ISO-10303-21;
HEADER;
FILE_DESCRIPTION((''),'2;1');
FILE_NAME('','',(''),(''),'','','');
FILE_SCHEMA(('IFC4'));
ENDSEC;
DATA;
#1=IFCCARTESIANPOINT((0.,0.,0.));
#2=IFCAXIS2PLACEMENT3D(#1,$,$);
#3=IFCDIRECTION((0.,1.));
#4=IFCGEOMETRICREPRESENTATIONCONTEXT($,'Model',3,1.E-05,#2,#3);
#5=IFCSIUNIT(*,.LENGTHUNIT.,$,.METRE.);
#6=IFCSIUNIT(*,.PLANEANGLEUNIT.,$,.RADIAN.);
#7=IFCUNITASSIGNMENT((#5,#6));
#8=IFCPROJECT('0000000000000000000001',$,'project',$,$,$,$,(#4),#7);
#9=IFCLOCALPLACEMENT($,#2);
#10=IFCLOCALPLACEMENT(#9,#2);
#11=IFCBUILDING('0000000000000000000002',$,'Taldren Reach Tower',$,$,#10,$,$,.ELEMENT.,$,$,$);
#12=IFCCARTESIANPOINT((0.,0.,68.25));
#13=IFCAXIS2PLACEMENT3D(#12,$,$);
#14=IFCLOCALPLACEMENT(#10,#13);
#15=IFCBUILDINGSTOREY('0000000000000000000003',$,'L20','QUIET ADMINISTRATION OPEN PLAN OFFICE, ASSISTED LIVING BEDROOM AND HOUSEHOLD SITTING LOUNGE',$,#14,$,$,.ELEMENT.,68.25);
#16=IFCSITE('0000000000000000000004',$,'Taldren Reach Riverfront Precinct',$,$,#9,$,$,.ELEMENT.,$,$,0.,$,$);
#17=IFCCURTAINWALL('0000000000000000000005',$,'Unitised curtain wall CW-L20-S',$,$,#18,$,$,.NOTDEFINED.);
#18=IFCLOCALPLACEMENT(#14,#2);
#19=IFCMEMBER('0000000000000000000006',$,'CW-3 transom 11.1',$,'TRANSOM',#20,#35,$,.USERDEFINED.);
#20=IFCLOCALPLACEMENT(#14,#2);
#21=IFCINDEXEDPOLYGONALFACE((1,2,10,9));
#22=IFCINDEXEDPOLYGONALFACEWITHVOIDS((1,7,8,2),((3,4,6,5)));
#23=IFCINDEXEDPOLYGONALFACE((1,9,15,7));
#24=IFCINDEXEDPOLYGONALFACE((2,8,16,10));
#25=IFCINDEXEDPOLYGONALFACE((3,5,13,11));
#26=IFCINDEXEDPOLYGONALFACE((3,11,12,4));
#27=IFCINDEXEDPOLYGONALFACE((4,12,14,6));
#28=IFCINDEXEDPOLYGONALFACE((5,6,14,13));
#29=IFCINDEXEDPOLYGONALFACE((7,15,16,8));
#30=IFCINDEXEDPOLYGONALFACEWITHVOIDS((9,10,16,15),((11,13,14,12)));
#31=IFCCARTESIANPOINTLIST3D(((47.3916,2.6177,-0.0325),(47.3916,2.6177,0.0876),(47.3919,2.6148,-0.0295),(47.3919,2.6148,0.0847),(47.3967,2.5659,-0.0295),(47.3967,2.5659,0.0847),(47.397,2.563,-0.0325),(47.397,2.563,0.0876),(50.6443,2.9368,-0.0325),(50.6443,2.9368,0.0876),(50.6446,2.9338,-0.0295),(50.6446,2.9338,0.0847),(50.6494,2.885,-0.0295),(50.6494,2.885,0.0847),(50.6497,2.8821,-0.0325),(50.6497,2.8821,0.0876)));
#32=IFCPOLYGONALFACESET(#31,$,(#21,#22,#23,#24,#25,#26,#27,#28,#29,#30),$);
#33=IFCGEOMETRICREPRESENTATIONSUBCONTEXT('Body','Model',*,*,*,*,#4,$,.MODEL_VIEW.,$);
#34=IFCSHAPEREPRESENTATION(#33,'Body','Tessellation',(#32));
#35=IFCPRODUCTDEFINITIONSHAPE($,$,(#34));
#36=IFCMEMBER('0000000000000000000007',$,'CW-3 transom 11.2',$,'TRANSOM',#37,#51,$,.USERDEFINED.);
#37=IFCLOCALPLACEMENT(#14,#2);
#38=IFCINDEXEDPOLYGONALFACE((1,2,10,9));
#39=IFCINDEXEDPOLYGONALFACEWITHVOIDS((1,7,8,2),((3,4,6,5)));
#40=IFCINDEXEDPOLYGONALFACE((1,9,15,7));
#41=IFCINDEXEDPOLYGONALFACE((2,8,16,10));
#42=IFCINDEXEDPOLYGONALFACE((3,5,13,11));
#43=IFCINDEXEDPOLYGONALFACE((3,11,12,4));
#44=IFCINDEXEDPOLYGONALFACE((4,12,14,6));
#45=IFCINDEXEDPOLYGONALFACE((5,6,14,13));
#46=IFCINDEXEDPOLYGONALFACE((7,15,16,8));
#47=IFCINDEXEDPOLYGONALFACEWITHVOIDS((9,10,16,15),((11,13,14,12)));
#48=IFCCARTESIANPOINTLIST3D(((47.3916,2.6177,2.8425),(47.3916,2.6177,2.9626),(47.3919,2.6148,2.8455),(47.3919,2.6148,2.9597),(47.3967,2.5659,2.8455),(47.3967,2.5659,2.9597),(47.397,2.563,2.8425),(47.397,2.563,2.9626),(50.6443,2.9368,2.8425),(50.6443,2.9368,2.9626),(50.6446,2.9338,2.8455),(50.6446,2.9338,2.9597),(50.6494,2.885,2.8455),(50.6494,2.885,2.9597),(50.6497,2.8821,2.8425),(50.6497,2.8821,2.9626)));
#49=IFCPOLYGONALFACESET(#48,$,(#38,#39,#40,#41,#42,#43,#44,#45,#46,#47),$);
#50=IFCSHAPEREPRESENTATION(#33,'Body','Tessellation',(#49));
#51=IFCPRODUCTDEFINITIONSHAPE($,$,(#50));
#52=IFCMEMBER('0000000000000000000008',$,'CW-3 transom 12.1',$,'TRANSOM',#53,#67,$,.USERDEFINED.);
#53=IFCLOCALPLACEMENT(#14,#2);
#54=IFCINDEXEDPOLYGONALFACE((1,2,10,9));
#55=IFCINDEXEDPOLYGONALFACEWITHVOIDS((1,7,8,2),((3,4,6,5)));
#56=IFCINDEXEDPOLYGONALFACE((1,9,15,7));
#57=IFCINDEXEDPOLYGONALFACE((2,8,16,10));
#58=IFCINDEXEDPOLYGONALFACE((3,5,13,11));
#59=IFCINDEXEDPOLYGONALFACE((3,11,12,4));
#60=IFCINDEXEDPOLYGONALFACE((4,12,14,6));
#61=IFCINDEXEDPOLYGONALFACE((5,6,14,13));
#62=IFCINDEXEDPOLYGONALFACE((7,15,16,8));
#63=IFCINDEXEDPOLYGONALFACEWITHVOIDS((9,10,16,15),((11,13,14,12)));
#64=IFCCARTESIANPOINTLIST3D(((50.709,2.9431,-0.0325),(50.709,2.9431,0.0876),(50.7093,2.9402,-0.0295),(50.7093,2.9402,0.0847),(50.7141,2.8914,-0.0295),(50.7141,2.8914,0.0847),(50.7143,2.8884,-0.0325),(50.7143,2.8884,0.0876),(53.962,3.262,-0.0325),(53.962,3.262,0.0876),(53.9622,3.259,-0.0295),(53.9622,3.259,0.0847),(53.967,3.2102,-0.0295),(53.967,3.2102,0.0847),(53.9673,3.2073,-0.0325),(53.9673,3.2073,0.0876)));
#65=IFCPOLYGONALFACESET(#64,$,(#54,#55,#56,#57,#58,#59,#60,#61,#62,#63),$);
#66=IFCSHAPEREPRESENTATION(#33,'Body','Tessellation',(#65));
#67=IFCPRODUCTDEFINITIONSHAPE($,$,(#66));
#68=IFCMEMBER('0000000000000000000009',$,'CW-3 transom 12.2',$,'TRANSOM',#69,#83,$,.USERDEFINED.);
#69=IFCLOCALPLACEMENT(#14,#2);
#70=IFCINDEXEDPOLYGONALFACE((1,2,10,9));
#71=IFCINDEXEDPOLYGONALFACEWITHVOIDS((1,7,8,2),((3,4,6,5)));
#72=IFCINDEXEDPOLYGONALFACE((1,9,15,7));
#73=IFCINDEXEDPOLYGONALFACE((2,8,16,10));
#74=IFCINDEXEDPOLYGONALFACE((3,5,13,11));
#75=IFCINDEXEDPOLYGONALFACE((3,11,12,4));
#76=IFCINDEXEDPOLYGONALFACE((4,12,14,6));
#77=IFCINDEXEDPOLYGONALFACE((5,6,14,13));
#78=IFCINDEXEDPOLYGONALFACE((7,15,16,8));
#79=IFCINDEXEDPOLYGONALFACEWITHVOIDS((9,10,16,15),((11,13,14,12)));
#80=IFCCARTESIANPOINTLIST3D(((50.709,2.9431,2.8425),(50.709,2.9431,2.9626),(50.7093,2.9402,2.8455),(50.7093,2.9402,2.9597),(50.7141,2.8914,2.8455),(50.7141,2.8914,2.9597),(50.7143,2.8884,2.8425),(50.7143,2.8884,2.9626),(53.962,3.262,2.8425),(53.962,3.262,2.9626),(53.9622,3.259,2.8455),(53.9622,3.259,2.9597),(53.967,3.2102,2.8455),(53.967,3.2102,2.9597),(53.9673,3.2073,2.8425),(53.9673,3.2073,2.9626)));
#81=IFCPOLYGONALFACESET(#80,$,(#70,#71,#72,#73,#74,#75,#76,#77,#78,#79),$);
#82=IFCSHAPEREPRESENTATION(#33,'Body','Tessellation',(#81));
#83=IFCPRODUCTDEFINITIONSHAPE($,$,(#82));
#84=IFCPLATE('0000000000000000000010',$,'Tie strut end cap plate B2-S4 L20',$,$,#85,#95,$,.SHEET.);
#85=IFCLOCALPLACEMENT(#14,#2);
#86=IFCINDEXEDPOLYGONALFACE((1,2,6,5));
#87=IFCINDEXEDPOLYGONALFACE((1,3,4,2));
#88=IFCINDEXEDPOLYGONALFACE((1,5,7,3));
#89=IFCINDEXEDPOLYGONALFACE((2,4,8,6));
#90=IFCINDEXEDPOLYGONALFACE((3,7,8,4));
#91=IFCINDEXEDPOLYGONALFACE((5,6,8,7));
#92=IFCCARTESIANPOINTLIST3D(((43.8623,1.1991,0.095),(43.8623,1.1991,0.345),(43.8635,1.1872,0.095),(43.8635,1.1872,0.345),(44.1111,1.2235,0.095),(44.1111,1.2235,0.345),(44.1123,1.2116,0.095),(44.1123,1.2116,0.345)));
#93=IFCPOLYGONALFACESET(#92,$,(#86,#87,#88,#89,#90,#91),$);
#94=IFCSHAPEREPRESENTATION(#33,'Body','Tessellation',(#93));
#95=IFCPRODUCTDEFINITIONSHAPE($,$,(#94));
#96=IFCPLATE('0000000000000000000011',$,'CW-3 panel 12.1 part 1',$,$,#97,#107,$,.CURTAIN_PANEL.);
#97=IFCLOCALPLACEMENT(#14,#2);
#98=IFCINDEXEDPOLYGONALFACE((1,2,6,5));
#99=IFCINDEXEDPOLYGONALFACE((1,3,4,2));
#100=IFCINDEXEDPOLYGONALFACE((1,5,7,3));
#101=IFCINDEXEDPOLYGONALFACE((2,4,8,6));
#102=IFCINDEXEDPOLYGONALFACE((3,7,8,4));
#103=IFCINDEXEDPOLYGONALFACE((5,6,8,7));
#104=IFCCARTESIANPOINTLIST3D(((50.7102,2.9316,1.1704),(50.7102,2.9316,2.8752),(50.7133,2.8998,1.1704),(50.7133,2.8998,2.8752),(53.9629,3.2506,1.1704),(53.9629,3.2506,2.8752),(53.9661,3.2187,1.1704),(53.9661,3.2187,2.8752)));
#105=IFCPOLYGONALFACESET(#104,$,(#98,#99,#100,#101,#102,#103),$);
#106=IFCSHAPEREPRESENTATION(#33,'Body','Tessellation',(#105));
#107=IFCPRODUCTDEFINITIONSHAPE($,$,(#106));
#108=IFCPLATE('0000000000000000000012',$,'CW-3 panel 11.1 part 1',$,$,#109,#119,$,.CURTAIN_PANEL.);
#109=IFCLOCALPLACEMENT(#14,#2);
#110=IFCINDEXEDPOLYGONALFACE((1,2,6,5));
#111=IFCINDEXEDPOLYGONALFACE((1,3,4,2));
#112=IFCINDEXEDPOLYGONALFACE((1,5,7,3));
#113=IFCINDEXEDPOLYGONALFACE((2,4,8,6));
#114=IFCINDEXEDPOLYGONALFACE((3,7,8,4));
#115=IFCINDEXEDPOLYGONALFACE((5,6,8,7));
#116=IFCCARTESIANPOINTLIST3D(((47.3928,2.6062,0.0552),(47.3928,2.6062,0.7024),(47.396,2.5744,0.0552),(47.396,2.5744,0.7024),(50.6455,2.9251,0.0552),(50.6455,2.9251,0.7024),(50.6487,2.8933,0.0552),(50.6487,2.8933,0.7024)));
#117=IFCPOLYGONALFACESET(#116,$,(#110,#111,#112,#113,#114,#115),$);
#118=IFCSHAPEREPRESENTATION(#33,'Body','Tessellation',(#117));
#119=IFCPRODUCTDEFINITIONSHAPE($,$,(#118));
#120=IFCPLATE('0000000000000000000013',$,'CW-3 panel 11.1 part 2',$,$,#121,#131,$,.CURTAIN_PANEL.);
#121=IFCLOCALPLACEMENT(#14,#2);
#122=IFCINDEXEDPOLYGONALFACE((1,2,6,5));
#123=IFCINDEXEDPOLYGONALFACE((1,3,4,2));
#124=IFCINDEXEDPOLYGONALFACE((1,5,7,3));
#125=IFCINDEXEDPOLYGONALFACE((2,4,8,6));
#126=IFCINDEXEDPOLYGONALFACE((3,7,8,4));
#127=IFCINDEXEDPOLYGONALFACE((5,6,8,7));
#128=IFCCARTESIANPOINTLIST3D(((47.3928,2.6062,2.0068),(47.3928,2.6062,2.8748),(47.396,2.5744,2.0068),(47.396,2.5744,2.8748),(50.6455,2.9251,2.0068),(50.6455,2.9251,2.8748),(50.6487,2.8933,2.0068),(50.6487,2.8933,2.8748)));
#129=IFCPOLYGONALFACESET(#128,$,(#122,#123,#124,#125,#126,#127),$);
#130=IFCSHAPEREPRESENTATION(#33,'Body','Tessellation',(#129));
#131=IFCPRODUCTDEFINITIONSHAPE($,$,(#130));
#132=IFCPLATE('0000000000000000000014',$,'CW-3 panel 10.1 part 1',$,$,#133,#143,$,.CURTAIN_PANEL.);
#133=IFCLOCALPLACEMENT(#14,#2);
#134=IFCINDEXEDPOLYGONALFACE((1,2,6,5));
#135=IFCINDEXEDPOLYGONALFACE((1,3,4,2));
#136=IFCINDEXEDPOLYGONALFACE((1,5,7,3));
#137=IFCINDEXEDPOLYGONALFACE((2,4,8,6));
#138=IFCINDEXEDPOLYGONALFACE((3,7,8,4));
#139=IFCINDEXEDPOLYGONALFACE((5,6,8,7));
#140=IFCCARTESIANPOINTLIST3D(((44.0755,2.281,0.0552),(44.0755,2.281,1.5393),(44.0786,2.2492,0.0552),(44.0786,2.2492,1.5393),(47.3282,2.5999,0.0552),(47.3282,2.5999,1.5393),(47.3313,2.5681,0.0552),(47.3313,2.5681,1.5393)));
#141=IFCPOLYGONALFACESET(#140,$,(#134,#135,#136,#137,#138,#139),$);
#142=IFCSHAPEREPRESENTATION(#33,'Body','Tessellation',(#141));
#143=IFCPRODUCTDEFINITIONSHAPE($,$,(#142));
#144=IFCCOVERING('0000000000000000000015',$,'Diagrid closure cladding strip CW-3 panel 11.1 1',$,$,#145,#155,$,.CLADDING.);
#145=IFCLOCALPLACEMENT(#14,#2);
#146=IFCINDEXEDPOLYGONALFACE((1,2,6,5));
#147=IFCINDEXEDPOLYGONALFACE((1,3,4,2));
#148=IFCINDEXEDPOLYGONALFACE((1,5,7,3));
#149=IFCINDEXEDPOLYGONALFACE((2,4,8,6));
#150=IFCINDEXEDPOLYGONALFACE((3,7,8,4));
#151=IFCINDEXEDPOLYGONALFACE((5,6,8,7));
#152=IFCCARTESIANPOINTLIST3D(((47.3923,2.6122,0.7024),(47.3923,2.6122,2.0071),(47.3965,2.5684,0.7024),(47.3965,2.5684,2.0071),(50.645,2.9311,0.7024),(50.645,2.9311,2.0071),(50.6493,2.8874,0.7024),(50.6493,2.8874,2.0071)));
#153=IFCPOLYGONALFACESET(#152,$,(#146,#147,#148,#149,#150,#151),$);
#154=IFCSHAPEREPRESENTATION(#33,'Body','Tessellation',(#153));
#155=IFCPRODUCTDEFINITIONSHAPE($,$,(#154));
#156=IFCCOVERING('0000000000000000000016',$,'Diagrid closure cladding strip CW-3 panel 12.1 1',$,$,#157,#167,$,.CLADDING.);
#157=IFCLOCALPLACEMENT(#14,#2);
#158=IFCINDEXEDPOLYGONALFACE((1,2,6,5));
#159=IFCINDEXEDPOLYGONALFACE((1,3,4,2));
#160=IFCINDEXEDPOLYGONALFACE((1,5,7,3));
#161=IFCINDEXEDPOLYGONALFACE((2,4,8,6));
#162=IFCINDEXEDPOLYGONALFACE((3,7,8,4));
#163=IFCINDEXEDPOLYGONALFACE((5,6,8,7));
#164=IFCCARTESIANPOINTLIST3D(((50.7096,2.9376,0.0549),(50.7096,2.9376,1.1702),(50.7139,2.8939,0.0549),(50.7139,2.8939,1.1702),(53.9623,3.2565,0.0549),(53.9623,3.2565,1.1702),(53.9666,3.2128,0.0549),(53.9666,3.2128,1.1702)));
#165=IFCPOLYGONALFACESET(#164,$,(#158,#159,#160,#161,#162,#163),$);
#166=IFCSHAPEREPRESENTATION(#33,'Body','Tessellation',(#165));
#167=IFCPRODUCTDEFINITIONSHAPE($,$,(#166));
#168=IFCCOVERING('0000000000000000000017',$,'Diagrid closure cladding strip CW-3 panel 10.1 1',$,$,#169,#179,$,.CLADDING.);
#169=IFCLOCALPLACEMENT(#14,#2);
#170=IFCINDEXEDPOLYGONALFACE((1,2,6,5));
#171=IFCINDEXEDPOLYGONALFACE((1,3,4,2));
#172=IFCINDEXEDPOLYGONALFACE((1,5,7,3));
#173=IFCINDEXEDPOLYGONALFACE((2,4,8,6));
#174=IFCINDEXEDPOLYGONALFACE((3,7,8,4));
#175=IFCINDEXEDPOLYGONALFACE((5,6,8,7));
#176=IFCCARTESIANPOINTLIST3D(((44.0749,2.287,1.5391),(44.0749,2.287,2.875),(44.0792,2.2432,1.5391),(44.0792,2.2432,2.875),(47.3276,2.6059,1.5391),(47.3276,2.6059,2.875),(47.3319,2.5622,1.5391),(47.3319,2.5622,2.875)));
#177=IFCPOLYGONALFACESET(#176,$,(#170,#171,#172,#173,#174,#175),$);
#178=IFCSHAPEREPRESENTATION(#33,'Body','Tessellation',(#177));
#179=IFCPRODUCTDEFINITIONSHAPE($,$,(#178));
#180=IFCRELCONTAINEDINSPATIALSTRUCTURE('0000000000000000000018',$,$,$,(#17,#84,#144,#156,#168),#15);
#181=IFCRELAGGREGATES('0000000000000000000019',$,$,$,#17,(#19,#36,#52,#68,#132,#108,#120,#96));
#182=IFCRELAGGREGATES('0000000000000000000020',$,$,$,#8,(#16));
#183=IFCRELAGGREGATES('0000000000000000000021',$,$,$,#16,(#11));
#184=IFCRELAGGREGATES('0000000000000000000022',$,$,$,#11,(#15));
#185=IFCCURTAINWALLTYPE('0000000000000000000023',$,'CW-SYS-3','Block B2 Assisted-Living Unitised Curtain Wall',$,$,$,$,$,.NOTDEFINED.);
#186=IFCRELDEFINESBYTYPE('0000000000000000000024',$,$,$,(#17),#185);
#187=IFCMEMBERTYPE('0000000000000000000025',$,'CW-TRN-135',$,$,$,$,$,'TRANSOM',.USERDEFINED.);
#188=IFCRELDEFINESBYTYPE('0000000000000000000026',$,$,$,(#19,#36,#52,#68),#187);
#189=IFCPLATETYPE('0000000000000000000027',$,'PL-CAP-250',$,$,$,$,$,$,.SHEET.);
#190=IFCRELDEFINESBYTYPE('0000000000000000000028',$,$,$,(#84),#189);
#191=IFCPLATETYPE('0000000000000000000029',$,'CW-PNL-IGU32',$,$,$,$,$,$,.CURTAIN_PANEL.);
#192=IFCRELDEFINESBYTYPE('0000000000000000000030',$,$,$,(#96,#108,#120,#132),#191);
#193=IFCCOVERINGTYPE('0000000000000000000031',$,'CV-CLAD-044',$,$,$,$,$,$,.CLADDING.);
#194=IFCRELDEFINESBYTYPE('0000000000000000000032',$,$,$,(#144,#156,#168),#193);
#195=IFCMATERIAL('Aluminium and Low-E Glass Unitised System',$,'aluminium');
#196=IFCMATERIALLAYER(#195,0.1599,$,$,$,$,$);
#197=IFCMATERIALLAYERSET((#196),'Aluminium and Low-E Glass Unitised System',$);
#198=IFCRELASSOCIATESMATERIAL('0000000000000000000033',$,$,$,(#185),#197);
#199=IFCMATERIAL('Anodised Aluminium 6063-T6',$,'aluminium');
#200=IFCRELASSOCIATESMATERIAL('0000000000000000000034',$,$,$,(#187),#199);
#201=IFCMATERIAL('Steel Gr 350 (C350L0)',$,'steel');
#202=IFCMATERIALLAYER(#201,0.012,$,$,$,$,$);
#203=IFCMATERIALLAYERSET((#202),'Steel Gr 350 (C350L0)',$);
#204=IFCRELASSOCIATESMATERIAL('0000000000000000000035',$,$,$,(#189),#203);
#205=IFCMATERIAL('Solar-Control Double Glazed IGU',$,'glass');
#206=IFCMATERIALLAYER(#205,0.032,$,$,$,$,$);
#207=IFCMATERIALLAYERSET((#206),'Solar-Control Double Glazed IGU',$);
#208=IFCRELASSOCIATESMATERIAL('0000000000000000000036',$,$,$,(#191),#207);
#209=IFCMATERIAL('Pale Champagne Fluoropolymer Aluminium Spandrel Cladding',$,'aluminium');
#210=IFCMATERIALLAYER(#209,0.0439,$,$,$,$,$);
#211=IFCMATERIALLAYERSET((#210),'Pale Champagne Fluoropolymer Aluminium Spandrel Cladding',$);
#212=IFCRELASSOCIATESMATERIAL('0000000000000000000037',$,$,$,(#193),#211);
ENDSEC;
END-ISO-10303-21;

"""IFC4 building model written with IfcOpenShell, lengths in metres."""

from ifc_helpers import new_model, si_unit, direction, frame, origin, origin_2d, place, context, subcontext, project, spatial, rectangle, hollow_rectangle, extrude, source, transform, mapped, material, layer, layer_set, material_profile, profile_set, type_object, element, aggregate, save


model = new_model("IFC4")

# Units and contexts
model_context = context("Model", 3, precision=1e-05, world=origin(), true_north=direction((0.0, 1.0)))
body_context = subcontext(model_context, "Body", "Model", "MODEL_VIEW")
ifc_project = project(units=[si_unit("LENGTHUNIT", "METRE"), si_unit("PLANEANGLEUNIT", "RADIAN")], contexts=[model_context])

# Site, building, storey
site_placement = place(None, origin())
site = spatial("IfcSite", under=ifc_project, at=site_placement, Name="Taldren Reach Riverfront Precinct", CompositionType="ELEMENT", RefElevation=0.0)
building_placement = place(site_placement, origin())
building = spatial("IfcBuilding", under=site, at=building_placement, Name="Taldren Reach Tower", CompositionType="ELEMENT")
storey_placement = place(building_placement, frame((0.0, 0.0, 68.25)))
storey = spatial("IfcBuildingStorey", under=building, at=storey_placement, Name="L20", Description="QUIET ADMINISTRATION OPEN PLAN OFFICE, ASSISTED LIVING BEDROOM AND HOUSEHOLD SITTING LOUNGE", CompositionType="ELEMENT", Elevation=68.25)

# Curtain wall, members
ifc_material_1 = material(Name="Aluminium and Low-E Glass Unitised System", Category="aluminium")
ifc_layer_1 = layer(ifc_material_1, 0.1599)
ifc_layer_set_1 = layer_set([ifc_layer_1], Name="Aluminium and Low-E Glass Unitised System")
curtain_wall_type = type_object("IfcCurtainWallType", Name="CW-SYS-3", Description="Block B2 Assisted-Living Unitised Curtain Wall", PredefinedType="NOTDEFINED", material=ifc_layer_set_1)
curtain_wall_placement = place(storey_placement, origin())
curtain_wall = element("IfcCurtainWall", 1, at=curtain_wall_placement, inside=storey, type_object=curtain_wall_type, Name="Unitised curtain wall CW-L20-S", PredefinedType="NOTDEFINED")
ifc_material_2 = material(Name="Anodised Aluminium 6063-T6", Category="aluminium")
ifc_material_profile_1 = material_profile(ifc_material_2, hollow_rectangle(XDim=0.0549, YDim=0.1201, WallThickness=0.0029, at=origin_2d()), Name="ALU-120x55x3RHS")
ifc_profile_set_1 = profile_set([ifc_material_profile_1], Name="Anodised Aluminium 6063-T6")
member_type_1 = type_object("IfcMemberType", Name="CW-TRN-135", ElementType="TRANSOM", PredefinedType="USERDEFINED", material=ifc_profile_set_1)
shared_shape_1 = source(origin(), body_context, "Body", "SweptSolid", [
    extrude(hollow_rectangle(XDim=0.0549, YDim=0.1201, WallThickness=0.0029, at=origin_2d()), origin(), (0.0, 0.0, 1.0), 3.2683),
])
member_1_placement = place(storey_placement, frame((47.3943, 2.5903, 0.0276), z_axis=(0.995223, 0.097632, 0.0), x_axis=(-0.097632, 0.995223, 0.0)))
member_1 = element("IfcMember", 2, at=member_1_placement, type_object=member_type_1, Name="CW-3 transom 11.1", ObjectType="TRANSOM", PredefinedType="USERDEFINED", context=body_context, shape_type="MappedRepresentation", body=[
    mapped(shared_shape_1, transform((0.0, 0.0, 0.0), scale=1.0)),
])
member_2_placement = place(storey_placement, frame((47.3943, 2.5903, 2.9026), z_axis=(0.995223, 0.097632, 0.0), x_axis=(-0.097632, 0.995223, 0.0)))
member_2 = element("IfcMember", 3, at=member_2_placement, type_object=member_type_1, Name="CW-3 transom 11.2", ObjectType="TRANSOM", PredefinedType="USERDEFINED", context=body_context, shape_type="MappedRepresentation", body=[
    mapped(shared_shape_1, transform((0.0, 0.0, 0.0), scale=1.0)),
])
shared_shape_2 = source(origin(), body_context, "Body", "SweptSolid", [
    extrude(hollow_rectangle(XDim=0.0549, YDim=0.1201, WallThickness=0.0029, at=origin_2d()), origin(), (0.0, 0.0, 1.0), 3.2686),
])
member_3_placement = place(storey_placement, frame((50.7117, 2.9158, 0.0276), z_axis=(0.995231, 0.097551, 0.0), x_axis=(-0.097551, 0.995231, 0.0)))
member_3 = element("IfcMember", 4, at=member_3_placement, type_object=member_type_1, Name="CW-3 transom 12.1", ObjectType="TRANSOM", PredefinedType="USERDEFINED", context=body_context, shape_type="MappedRepresentation", body=[
    mapped(shared_shape_2, transform((0.0, 0.0, 0.0), scale=1.0)),
])
member_4_placement = place(storey_placement, frame((50.7117, 2.9158, 2.9026), z_axis=(0.995231, 0.097551, 0.0), x_axis=(-0.097551, 0.995231, 0.0)))
member_4 = element("IfcMember", 5, at=member_4_placement, type_object=member_type_1, Name="CW-3 transom 12.2", ObjectType="TRANSOM", PredefinedType="USERDEFINED", context=body_context, shape_type="MappedRepresentation", body=[
    mapped(shared_shape_2, transform((0.0, 0.0, 0.0), scale=1.0)),
])

# Plates
ifc_material_3 = material(Name="Steel Gr 350 (C350L0)", Category="steel")
ifc_layer_2 = layer(ifc_material_3, 0.012)
ifc_layer_set_2 = layer_set([ifc_layer_2], Name="Steel Gr 350 (C350L0)")
plate_type_1 = type_object("IfcPlateType", Name="PL-CAP-250", PredefinedType="SHEET", material=ifc_layer_set_2)
shared_shape_3 = source(origin(), body_context, "Body", "SweptSolid", [
    extrude(rectangle(XDim=0.25, YDim=0.012, at=origin_2d()), origin(), (0.0, 0.0, 1.0), 0.25),
])
plate_1_placement = place(storey_placement, frame((43.9873, 1.2053, 0.095), z_axis=(0.0, 0.0, 1.0), x_axis=(0.995227, 0.097583, 0.0)))
element("IfcPlate", 6, at=plate_1_placement, inside=storey, type_object=plate_type_1, Name="Tie strut end cap plate B2-S4 L20", PredefinedType="SHEET", context=body_context, shape_type="MappedRepresentation", body=[
    mapped(shared_shape_3, transform((0.0, 0.0, 0.0), scale=1.0)),
])
ifc_material_4 = material(Name="Solar-Control Double Glazed IGU", Category="glass")
ifc_layer_3 = layer(ifc_material_4, 0.032)
ifc_layer_set_3 = layer_set([ifc_layer_3], Name="Solar-Control Double Glazed IGU")
plate_type_2 = type_object("IfcPlateType", Name="CW-PNL-IGU32", PredefinedType="CURTAIN_PANEL", material=ifc_layer_set_3)
shared_shape_4 = source(origin(), body_context, "Body", "SweptSolid", [
    extrude(rectangle(XDim=3.2683, YDim=0.032, at=origin_2d()), origin(), (0.0, 0.0, 1.0), 1.7048),
])
plate_2_placement = place(storey_placement, frame((52.3381, 3.0752, 1.1704), z_axis=(0.0, 0.0, 1.0), x_axis=(0.995227, 0.097583, 0.0)))
plate_2 = element("IfcPlate", 7, at=plate_2_placement, type_object=plate_type_2, Name="CW-3 panel 12.1 part 1", PredefinedType="CURTAIN_PANEL", context=body_context, shape_type="MappedRepresentation", body=[
    mapped(shared_shape_4, transform((0.0, 0.0, 0.0), scale=1.0)),
])
shared_shape_5 = source(origin(), body_context, "Body", "SweptSolid", [
    extrude(rectangle(XDim=3.2683, YDim=0.032, at=origin_2d()), origin(), (0.0, 0.0, 1.0), 0.6472),
])
plate_3_placement = place(storey_placement, frame((49.0208, 2.7498, 0.0552), z_axis=(0.0, 0.0, 1.0), x_axis=(0.995227, 0.097583, 0.0)))
plate_3 = element("IfcPlate", 8, at=plate_3_placement, type_object=plate_type_2, Name="CW-3 panel 11.1 part 1", PredefinedType="CURTAIN_PANEL", context=body_context, shape_type="MappedRepresentation", body=[
    mapped(shared_shape_5, transform((0.0, 0.0, 0.0), scale=1.0)),
])
shared_shape_6 = source(origin(), body_context, "Body", "SweptSolid", [
    extrude(rectangle(XDim=3.2683, YDim=0.032, at=origin_2d()), origin(), (0.0, 0.0, 1.0), 0.8679),
])
plate_4_placement = place(storey_placement, frame((49.0208, 2.7498, 2.0068), z_axis=(0.0, 0.0, 1.0), x_axis=(0.995227, 0.097583, 0.0)))
plate_4 = element("IfcPlate", 9, at=plate_4_placement, type_object=plate_type_2, Name="CW-3 panel 11.1 part 2", PredefinedType="CURTAIN_PANEL", context=body_context, shape_type="MappedRepresentation", body=[
    mapped(shared_shape_6, transform((0.0, 0.0, 0.0), scale=1.0)),
])
shared_shape_7 = source(origin(), body_context, "Body", "SweptSolid", [
    extrude(rectangle(XDim=3.2683, YDim=0.032, at=origin_2d()), origin(), (0.0, 0.0, 1.0), 1.4841),
])
plate_5_placement = place(storey_placement, frame((45.7034, 2.4246, 0.0552), z_axis=(0.0, 0.0, 1.0), x_axis=(0.995227, 0.097583, 0.0)))
plate_5 = element("IfcPlate", 10, at=plate_5_placement, type_object=plate_type_2, Name="CW-3 panel 10.1 part 1", PredefinedType="CURTAIN_PANEL", context=body_context, shape_type="MappedRepresentation", body=[
    mapped(shared_shape_7, transform((0.0, 0.0, 0.0), scale=1.0)),
])
aggregate(curtain_wall, [member_1, member_2, member_3, member_4, plate_5, plate_3, plate_4, plate_2])

# Coverings
ifc_material_5 = material(Name="Pale Champagne Fluoropolymer Aluminium Spandrel Cladding", Category="aluminium")
ifc_layer_4 = layer(ifc_material_5, 0.0439)
ifc_layer_set_4 = layer_set([ifc_layer_4], Name="Pale Champagne Fluoropolymer Aluminium Spandrel Cladding")
covering_type = type_object("IfcCoveringType", Name="CV-CLAD-044", PredefinedType="CLADDING", material=ifc_layer_set_4)
shared_shape_8 = source(origin(), body_context, "Body", "SweptSolid", [
    extrude(rectangle(XDim=3.2683, YDim=0.0439, at=origin_2d()), origin(), (0.0, 0.0, 1.0), 1.3047),
])
covering_1_placement = place(storey_placement, frame((49.0208, 2.7498, 0.7024), z_axis=(0.0, 0.0, 1.0), x_axis=(0.995227, 0.097583, 0.0)))
element("IfcCovering", 11, at=covering_1_placement, inside=storey, type_object=covering_type, Name="Diagrid closure cladding strip CW-3 panel 11.1 1", PredefinedType="CLADDING", context=body_context, shape_type="MappedRepresentation", body=[
    mapped(shared_shape_8, transform((0.0, 0.0, 0.0), scale=1.0)),
])
shared_shape_9 = source(origin(), body_context, "Body", "SweptSolid", [
    extrude(rectangle(XDim=3.2683, YDim=0.0439, at=origin_2d()), origin(), (0.0, 0.0, 1.0), 1.1152),
])
covering_2_placement = place(storey_placement, frame((52.3381, 3.0752, 0.0549), z_axis=(0.0, 0.0, 1.0), x_axis=(0.995227, 0.097583, 0.0)))
element("IfcCovering", 12, at=covering_2_placement, inside=storey, type_object=covering_type, Name="Diagrid closure cladding strip CW-3 panel 12.1 1", PredefinedType="CLADDING", context=body_context, shape_type="MappedRepresentation", body=[
    mapped(shared_shape_9, transform((0.0, 0.0, 0.0), scale=1.0)),
])
shared_shape_10 = source(origin(), body_context, "Body", "SweptSolid", [
    extrude(rectangle(XDim=3.2683, YDim=0.0439, at=origin_2d()), origin(), (0.0, 0.0, 1.0), 1.3359),
])
covering_3_placement = place(storey_placement, frame((45.7034, 2.4246, 1.5391), z_axis=(0.0, 0.0, 1.0), x_axis=(0.995227, 0.097583, 0.0)))
element("IfcCovering", 13, at=covering_3_placement, inside=storey, type_object=covering_type, Name="Diagrid closure cladding strip CW-3 panel 10.1 1", PredefinedType="CLADDING", context=body_context, shape_type="MappedRepresentation", body=[
    mapped(shared_shape_10, transform((0.0, 0.0, 0.0), scale=1.0)),
])

save(model, "model.ifc")
